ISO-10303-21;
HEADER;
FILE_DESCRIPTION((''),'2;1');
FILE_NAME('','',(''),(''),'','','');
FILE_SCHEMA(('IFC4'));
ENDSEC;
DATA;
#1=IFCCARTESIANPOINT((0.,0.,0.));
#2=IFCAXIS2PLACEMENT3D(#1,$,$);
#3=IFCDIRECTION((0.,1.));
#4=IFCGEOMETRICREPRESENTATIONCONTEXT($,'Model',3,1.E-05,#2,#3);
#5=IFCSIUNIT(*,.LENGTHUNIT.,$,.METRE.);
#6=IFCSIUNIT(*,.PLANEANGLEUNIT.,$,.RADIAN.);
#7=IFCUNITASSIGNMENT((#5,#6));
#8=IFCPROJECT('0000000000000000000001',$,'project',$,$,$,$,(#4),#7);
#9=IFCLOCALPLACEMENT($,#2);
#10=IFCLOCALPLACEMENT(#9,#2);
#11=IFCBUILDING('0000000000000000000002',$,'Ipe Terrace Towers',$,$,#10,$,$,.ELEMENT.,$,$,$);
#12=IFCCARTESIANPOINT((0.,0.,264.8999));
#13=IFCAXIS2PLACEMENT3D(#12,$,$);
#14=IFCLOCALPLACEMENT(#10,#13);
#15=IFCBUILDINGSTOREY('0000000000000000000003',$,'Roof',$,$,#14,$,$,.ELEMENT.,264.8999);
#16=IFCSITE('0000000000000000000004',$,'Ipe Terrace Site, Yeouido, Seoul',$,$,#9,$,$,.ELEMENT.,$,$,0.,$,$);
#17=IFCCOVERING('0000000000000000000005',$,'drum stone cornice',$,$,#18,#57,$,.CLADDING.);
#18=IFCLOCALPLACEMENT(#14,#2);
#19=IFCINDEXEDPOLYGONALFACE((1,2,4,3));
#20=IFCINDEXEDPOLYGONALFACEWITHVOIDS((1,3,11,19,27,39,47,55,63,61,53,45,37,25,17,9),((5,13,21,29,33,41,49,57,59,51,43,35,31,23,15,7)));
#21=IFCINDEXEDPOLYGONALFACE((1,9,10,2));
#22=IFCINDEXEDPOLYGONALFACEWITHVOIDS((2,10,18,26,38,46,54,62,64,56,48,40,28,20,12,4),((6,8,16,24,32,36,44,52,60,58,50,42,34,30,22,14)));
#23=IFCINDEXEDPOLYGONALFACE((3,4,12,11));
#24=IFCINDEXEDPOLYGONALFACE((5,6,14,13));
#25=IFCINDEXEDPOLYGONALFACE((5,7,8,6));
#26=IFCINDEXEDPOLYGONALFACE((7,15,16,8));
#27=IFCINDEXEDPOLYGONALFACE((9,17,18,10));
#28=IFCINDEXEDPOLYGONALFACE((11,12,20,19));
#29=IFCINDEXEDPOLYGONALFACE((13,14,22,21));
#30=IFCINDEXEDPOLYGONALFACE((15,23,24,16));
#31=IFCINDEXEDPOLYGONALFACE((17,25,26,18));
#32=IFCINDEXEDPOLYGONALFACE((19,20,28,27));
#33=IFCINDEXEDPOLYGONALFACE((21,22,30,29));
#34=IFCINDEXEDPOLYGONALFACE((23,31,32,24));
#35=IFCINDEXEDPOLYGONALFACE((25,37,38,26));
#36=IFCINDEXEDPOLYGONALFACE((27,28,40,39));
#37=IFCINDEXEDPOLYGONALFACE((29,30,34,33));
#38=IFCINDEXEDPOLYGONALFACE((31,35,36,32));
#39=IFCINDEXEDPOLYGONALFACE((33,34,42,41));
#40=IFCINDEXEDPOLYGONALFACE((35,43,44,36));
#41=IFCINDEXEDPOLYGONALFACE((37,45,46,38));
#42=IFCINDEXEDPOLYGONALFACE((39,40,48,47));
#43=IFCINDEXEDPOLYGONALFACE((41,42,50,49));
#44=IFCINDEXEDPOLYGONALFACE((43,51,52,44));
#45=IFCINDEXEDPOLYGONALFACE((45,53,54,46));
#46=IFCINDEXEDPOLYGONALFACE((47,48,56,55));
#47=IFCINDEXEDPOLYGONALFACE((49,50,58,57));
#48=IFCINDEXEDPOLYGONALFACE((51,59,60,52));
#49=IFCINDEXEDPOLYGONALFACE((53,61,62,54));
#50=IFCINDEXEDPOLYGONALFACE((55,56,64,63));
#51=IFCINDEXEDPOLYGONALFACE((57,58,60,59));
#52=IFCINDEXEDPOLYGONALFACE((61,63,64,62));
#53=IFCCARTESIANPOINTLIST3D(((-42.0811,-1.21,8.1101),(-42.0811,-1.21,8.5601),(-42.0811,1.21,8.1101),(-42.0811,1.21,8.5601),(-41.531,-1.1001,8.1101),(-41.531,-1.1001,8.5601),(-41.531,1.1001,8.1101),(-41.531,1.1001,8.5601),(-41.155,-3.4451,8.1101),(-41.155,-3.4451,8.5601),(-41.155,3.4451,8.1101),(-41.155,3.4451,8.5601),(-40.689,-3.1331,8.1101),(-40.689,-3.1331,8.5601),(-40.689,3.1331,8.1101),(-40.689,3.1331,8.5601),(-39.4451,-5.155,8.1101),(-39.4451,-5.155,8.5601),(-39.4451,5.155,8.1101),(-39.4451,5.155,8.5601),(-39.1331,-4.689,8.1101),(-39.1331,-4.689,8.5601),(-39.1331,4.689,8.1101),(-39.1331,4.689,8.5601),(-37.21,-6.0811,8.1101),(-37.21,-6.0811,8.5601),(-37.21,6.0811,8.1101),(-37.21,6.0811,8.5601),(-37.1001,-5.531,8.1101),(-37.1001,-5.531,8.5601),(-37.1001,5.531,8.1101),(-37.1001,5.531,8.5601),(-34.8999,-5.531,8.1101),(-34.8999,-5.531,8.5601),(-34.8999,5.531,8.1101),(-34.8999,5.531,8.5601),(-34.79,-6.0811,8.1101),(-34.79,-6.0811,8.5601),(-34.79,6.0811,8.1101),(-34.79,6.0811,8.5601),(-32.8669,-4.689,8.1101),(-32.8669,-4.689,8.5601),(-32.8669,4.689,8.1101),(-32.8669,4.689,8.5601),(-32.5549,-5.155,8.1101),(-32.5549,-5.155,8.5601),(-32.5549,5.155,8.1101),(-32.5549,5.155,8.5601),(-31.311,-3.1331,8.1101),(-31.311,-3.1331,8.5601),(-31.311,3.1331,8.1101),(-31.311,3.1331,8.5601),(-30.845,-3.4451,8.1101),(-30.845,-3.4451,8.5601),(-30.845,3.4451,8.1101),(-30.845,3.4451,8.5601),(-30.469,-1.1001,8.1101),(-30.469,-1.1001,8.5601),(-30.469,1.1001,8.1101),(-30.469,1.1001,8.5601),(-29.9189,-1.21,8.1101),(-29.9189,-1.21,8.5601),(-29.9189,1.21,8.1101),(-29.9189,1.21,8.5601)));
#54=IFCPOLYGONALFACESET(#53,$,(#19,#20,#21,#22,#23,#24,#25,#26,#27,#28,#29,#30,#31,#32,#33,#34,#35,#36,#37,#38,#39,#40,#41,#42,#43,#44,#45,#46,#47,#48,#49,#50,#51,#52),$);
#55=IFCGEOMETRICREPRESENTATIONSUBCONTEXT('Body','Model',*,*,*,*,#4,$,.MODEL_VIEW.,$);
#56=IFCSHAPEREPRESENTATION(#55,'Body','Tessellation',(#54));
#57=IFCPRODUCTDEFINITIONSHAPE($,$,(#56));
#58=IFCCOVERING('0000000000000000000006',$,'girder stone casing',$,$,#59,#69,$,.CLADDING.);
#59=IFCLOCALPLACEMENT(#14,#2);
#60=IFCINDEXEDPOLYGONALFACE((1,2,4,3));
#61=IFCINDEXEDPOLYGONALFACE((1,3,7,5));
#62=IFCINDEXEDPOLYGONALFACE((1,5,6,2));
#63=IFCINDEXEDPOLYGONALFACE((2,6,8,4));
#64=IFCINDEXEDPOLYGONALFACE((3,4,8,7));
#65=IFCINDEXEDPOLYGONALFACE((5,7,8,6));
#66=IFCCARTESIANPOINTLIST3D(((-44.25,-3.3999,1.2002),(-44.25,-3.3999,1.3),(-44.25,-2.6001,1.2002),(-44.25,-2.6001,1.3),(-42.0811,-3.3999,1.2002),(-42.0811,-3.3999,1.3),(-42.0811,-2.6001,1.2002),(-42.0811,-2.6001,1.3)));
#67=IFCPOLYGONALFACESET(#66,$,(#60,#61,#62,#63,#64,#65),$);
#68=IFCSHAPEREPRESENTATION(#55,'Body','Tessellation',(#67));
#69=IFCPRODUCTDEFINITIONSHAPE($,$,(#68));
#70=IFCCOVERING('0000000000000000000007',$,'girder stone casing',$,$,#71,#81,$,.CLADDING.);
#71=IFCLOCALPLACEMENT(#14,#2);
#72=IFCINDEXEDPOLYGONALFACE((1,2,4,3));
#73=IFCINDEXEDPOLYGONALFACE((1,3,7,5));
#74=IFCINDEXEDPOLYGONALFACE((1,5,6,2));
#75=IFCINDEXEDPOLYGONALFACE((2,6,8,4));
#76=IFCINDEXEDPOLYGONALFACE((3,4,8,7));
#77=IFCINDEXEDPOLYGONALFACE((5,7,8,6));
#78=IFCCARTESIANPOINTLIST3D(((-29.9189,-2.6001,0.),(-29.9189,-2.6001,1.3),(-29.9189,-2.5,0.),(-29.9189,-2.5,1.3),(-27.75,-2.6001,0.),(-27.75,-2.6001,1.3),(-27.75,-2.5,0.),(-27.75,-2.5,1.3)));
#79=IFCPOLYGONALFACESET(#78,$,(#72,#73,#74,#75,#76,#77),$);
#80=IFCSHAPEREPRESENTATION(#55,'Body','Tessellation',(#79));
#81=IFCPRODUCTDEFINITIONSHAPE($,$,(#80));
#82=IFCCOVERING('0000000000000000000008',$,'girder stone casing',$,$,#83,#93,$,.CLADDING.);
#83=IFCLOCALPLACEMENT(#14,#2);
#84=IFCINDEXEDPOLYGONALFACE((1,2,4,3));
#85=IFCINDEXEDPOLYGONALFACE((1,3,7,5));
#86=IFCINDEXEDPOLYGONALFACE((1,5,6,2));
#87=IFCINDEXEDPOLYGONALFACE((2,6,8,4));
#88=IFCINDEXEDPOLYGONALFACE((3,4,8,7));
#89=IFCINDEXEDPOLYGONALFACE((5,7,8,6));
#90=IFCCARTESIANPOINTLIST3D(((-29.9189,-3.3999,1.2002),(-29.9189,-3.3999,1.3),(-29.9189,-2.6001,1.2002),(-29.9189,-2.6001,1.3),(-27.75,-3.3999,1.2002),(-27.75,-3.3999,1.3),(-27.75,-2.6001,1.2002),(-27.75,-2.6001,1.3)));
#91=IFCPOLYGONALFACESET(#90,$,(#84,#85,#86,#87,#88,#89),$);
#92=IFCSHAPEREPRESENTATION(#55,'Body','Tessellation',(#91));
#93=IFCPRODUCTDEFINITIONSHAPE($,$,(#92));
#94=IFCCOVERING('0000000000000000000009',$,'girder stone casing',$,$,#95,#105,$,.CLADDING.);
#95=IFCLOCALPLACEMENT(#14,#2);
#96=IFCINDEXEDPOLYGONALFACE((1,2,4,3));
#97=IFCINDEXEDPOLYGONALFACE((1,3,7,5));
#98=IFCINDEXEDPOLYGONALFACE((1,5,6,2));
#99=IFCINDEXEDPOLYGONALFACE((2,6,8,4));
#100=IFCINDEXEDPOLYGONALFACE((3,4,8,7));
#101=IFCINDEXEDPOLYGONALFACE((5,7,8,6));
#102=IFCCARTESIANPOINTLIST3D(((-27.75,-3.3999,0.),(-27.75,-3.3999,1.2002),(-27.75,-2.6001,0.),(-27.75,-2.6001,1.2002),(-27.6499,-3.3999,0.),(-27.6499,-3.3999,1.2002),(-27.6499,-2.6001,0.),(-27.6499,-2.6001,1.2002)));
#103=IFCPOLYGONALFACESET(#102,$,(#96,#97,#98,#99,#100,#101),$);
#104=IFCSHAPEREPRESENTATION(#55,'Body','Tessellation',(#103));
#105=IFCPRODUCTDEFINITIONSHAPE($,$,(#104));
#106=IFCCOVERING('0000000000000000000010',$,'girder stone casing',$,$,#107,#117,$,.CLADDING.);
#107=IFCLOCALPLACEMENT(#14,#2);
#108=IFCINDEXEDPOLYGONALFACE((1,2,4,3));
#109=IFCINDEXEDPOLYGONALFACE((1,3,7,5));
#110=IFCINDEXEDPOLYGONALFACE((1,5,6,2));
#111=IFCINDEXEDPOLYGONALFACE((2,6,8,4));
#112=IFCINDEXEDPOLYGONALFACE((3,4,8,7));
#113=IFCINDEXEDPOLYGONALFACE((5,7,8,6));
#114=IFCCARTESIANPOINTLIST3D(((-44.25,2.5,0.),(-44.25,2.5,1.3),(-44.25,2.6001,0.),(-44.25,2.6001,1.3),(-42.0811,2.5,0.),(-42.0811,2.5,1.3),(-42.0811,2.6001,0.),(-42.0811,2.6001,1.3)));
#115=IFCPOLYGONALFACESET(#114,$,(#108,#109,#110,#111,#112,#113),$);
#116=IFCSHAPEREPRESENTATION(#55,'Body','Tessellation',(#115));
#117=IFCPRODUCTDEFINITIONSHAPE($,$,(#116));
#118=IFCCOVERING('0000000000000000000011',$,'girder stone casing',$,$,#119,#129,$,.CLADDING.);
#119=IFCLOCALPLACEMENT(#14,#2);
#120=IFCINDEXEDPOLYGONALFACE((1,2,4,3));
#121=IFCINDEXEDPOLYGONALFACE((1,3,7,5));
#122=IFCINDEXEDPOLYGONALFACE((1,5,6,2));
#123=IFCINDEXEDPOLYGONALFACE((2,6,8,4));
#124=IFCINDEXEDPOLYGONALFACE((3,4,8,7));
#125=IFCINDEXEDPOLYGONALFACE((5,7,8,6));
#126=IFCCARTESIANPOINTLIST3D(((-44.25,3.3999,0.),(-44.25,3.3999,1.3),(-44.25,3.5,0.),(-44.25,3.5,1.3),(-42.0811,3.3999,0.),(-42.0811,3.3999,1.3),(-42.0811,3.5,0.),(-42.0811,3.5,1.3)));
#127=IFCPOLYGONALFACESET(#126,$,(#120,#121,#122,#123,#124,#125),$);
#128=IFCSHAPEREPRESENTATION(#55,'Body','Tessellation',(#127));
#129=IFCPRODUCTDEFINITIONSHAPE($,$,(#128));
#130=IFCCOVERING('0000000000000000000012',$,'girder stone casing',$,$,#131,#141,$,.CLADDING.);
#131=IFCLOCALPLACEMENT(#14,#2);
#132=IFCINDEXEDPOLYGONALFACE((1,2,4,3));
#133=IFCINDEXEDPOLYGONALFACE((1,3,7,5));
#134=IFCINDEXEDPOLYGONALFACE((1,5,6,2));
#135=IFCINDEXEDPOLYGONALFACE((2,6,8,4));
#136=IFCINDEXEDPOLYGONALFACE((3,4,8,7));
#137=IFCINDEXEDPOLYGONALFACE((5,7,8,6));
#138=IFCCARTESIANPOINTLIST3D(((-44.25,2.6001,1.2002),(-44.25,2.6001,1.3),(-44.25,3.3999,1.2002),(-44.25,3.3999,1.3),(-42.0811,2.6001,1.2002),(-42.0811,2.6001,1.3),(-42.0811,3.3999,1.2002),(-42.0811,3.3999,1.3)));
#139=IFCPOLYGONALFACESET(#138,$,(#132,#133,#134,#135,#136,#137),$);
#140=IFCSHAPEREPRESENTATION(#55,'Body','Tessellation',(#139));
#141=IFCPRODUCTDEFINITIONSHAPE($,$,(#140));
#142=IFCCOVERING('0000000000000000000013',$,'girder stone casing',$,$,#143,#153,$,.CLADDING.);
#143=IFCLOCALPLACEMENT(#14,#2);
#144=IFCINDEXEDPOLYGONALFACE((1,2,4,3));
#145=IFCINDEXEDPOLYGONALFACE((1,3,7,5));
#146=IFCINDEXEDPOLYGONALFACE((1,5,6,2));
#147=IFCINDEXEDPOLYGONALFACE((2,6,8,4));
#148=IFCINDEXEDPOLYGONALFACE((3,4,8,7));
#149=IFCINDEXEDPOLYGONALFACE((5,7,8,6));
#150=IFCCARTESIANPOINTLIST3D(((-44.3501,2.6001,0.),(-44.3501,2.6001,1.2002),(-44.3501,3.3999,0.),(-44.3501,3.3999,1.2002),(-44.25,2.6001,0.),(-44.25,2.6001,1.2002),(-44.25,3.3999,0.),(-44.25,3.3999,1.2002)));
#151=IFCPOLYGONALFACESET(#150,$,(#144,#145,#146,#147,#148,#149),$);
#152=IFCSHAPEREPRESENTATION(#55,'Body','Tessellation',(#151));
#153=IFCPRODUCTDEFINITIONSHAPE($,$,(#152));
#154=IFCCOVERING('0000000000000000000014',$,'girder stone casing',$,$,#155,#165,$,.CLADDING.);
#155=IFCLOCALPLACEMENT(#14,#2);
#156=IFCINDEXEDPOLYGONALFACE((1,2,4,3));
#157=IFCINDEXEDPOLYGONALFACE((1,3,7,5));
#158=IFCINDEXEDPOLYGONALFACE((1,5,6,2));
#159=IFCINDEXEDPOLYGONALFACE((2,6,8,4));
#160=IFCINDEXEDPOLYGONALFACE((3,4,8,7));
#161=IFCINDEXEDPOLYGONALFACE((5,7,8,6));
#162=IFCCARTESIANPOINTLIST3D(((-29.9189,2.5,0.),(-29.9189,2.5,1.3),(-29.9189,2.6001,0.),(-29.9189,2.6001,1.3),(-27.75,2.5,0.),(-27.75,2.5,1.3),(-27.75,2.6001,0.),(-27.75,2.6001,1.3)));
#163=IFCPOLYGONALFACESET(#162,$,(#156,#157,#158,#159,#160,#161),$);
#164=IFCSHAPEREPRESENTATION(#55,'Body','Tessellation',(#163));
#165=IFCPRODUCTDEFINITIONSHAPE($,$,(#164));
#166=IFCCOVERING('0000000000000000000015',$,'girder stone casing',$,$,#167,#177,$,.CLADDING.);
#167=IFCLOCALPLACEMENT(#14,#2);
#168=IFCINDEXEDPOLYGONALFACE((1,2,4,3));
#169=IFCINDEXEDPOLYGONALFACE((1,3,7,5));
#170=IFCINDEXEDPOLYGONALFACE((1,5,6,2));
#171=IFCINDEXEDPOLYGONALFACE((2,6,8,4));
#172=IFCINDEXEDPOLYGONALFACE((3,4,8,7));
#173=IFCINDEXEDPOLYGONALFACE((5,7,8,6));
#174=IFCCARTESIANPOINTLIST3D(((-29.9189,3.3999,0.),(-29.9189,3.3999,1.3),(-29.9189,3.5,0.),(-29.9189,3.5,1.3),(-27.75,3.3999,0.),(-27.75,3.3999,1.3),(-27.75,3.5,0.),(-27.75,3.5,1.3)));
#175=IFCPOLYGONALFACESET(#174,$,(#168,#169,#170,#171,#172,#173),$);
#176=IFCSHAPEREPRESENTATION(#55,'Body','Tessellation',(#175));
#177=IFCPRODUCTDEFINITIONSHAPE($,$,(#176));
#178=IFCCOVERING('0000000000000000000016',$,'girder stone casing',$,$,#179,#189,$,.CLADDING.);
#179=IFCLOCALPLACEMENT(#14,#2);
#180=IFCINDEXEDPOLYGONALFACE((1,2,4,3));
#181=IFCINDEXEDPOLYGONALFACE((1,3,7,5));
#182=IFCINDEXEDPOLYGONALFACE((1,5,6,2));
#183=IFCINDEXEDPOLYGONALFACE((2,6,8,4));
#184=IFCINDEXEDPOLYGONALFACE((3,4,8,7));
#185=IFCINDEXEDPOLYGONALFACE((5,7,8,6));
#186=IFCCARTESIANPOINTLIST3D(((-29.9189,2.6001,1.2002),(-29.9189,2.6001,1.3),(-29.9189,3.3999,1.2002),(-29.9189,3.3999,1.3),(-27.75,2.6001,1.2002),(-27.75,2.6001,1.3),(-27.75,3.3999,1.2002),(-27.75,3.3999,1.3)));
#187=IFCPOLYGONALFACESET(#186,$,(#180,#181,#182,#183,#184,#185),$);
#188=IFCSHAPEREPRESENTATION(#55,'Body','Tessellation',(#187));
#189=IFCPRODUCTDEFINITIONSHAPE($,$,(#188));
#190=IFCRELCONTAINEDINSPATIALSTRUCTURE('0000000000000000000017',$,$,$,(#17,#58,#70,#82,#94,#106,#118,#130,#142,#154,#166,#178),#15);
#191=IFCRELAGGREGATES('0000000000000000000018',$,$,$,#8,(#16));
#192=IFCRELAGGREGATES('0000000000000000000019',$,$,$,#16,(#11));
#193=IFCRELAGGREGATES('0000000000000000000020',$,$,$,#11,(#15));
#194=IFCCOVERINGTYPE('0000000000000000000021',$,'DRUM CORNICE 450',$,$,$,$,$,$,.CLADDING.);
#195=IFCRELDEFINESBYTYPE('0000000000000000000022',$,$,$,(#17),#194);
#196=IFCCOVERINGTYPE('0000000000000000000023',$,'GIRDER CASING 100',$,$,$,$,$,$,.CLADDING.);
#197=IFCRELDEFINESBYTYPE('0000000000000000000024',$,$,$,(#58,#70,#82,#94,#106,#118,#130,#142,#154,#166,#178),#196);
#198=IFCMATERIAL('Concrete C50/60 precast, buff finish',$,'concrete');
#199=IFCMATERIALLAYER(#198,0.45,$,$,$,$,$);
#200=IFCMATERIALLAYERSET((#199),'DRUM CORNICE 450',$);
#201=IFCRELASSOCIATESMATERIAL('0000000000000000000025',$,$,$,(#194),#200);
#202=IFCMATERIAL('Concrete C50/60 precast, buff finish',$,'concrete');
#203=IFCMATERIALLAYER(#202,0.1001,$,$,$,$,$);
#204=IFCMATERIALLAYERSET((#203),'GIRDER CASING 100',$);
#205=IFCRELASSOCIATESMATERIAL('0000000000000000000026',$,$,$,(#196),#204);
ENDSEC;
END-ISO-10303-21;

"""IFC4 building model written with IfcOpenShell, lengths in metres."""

from ifc_helpers import new_model, si_unit, direction, frame, origin, place, context, subcontext, project, spatial, polyline, outline, extrude, material, layer, layer_set, type_object, element, save


model = new_model("IFC4")

# Units and contexts
model_context = context("Model", 3, precision=1e-05, world=origin(), true_north=direction((0.0, 1.0)))
body_context = subcontext(model_context, "Body", "Model", "MODEL_VIEW")
ifc_project = project(units=[si_unit("LENGTHUNIT", "METRE"), si_unit("PLANEANGLEUNIT", "RADIAN")], contexts=[model_context])

# Site, building, storey
site_placement = place(None, origin())
site = spatial("IfcSite", under=ifc_project, at=site_placement, Name="Ipe Terrace Site, Yeouido, Seoul", CompositionType="ELEMENT", RefElevation=0.0)
building_placement = place(site_placement, origin())
building = spatial("IfcBuilding", under=site, at=building_placement, Name="Ipe Terrace Towers", CompositionType="ELEMENT")
storey_placement = place(building_placement, frame((0.0, 0.0, 264.8999)))
storey = spatial("IfcBuildingStorey", under=building, at=storey_placement, Name="Roof", CompositionType="ELEMENT", Elevation=264.8999)

# Coverings
ifc_material_1 = material(Name="Concrete C50/60 precast, buff finish", Category="concrete")
ifc_layer_1 = layer(ifc_material_1, 0.45)
ifc_layer_set_1 = layer_set([ifc_layer_1], Name="DRUM CORNICE 450")
covering_type_1 = type_object("IfcCoveringType", Name="DRUM CORNICE 450", PredefinedType="CLADDING", material=ifc_layer_set_1)
covering_1_placement = place(storey_placement, frame((0.0, 0.0, 8.1101)))
element("IfcCovering", 1, at=covering_1_placement, inside=storey, type_object=covering_type_1, Name="drum stone cornice", PredefinedType="CLADDING", context=body_context, shape_type="SweptSolid", body=[
    extrude(outline(polyline([(-29.9189, -1.21), (-30.845, -3.4451), (-32.5549, -5.155), (-34.79, -6.0811), (-37.21, -6.0811), (-39.4451, -5.155), (-41.155, -3.4451), (-42.0811, -1.21), (-42.0811, 1.21), (-41.155, 3.4451), (-39.4451, 5.155), (-37.21, 6.0811), (-34.79, 6.0811), (-32.5549, 5.155), (-30.845, 3.4451), (-29.9189, 1.21), (-29.9189, -1.21)]), holes=[polyline([(-31.311, 3.1331), (-32.8669, 4.689), (-34.8999, 5.531), (-37.1001, 5.531), (-39.1331, 4.689), (-40.689, 3.1331), (-41.531, 1.1001), (-41.531, -1.1001), (-40.689, -3.1331), (-39.1331, -4.689), (-37.1001, -5.531), (-34.8999, -5.531), (-32.8669, -4.689), (-31.311, -3.1331), (-30.469, -1.1001), (-30.469, 1.1001), (-31.311, 3.1331)])]), origin(), (0.0, 0.0, 1.0), 0.45),
])
ifc_material_2 = material(Name="Concrete C50/60 precast, buff finish", Category="concrete")
ifc_layer_2 = layer(ifc_material_2, 0.1001)
ifc_layer_set_2 = layer_set([ifc_layer_2], Name="GIRDER CASING 100")
covering_type_2 = type_object("IfcCoveringType", Name="GIRDER CASING 100", PredefinedType="CLADDING", material=ifc_layer_set_2)
covering_2_placement = place(storey_placement, frame((0.0, 0.0, 1.2002)))
element("IfcCovering", 2, at=covering_2_placement, inside=storey, type_object=covering_type_2, Name="girder stone casing", PredefinedType="CLADDING", context=body_context, shape_type="SweptSolid", body=[
    extrude(outline(polyline([(-44.25, -3.3999), (-42.0811, -3.3999), (-42.0811, -2.6001), (-44.25, -2.6001), (-44.25, -3.3999)])), origin(), (0.0, 0.0, 1.0), 0.0999),
])
covering_3_placement = place(storey_placement, origin())
element("IfcCovering", 3, at=covering_3_placement, inside=storey, type_object=covering_type_2, Name="girder stone casing", PredefinedType="CLADDING", context=body_context, shape_type="SweptSolid", body=[
    extrude(outline(polyline([(-29.9189, -2.6001), (-27.75, -2.6001), (-27.75, -2.5), (-29.9189, -2.5), (-29.9189, -2.6001)])), origin(), (0.0, 0.0, 1.0), 1.3),
])
covering_4_placement = place(storey_placement, frame((0.0, 0.0, 1.2002)))
element("IfcCovering", 4, at=covering_4_placement, inside=storey, type_object=covering_type_2, Name="girder stone casing", PredefinedType="CLADDING", context=body_context, shape_type="SweptSolid", body=[
    extrude(outline(polyline([(-29.9189, -3.3999), (-27.75, -3.3999), (-27.75, -2.6001), (-29.9189, -2.6001), (-29.9189, -3.3999)])), origin(), (0.0, 0.0, 1.0), 0.0999),
])
covering_5_placement = place(storey_placement, origin())
element("IfcCovering", 5, at=covering_5_placement, inside=storey, type_object=covering_type_2, Name="girder stone casing", PredefinedType="CLADDING", context=body_context, shape_type="SweptSolid", body=[
    extrude(outline(polyline([(-27.75, -3.3999), (-27.6499, -3.3999), (-27.6499, -2.6001), (-27.75, -2.6001), (-27.75, -3.3999)])), origin(), (0.0, 0.0, 1.0), 1.2002),
])
covering_6_placement = place(storey_placement, origin())
element("IfcCovering", 6, at=covering_6_placement, inside=storey, type_object=covering_type_2, Name="girder stone casing", PredefinedType="CLADDING", context=body_context, shape_type="SweptSolid", body=[
    extrude(outline(polyline([(-44.25, 2.5), (-42.0811, 2.5), (-42.0811, 2.6001), (-44.25, 2.6001), (-44.25, 2.5)])), origin(), (0.0, 0.0, 1.0), 1.3),
])
covering_7_placement = place(storey_placement, origin())
element("IfcCovering", 7, at=covering_7_placement, inside=storey, type_object=covering_type_2, Name="girder stone casing", PredefinedType="CLADDING", context=body_context, shape_type="SweptSolid", body=[
    extrude(outline(polyline([(-44.25, 3.3999), (-42.0811, 3.3999), (-42.0811, 3.5), (-44.25, 3.5), (-44.25, 3.3999)])), origin(), (0.0, 0.0, 1.0), 1.3),
])
covering_8_placement = place(storey_placement, frame((0.0, 0.0, 1.2002)))
element("IfcCovering", 8, at=covering_8_placement, inside=storey, type_object=covering_type_2, Name="girder stone casing", PredefinedType="CLADDING", context=body_context, shape_type="SweptSolid", body=[
    extrude(outline(polyline([(-44.25, 2.6001), (-42.0811, 2.6001), (-42.0811, 3.3999), (-44.25, 3.3999), (-44.25, 2.6001)])), origin(), (0.0, 0.0, 1.0), 0.0999),
])
covering_9_placement = place(storey_placement, origin())
element("IfcCovering", 9, at=covering_9_placement, inside=storey, type_object=covering_type_2, Name="girder stone casing", PredefinedType="CLADDING", context=body_context, shape_type="SweptSolid", body=[
    extrude(outline(polyline([(-44.3501, 2.6001), (-44.25, 2.6001), (-44.25, 3.3999), (-44.3501, 3.3999), (-44.3501, 2.6001)])), origin(), (0.0, 0.0, 1.0), 1.2002),
])
covering_10_placement = place(storey_placement, origin())
element("IfcCovering", 10, at=covering_10_placement, inside=storey, type_object=covering_type_2, Name="girder stone casing", PredefinedType="CLADDING", context=body_context, shape_type="SweptSolid", body=[
    extrude(outline(polyline([(-29.9189, 2.5), (-27.75, 2.5), (-27.75, 2.6001), (-29.9189, 2.6001), (-29.9189, 2.5)])), origin(), (0.0, 0.0, 1.0), 1.3),
])
covering_11_placement = place(storey_placement, origin())
element("IfcCovering", 11, at=covering_11_placement, inside=storey, type_object=covering_type_2, Name="girder stone casing", PredefinedType="CLADDING", context=body_context, shape_type="SweptSolid", body=[
    extrude(outline(polyline([(-29.9189, 3.3999), (-27.75, 3.3999), (-27.75, 3.5), (-29.9189, 3.5), (-29.9189, 3.3999)])), origin(), (0.0, 0.0, 1.0), 1.3),
])
covering_12_placement = place(storey_placement, frame((0.0, 0.0, 1.2002)))
element("IfcCovering", 12, at=covering_12_placement, inside=storey, type_object=covering_type_2, Name="girder stone casing", PredefinedType="CLADDING", context=body_context, shape_type="SweptSolid", body=[
    extrude(outline(polyline([(-29.9189, 2.6001), (-27.75, 2.6001), (-27.75, 3.3999), (-29.9189, 3.3999), (-29.9189, 2.6001)])), origin(), (0.0, 0.0, 1.0), 0.0999),
])

save(model, "model.ifc")
